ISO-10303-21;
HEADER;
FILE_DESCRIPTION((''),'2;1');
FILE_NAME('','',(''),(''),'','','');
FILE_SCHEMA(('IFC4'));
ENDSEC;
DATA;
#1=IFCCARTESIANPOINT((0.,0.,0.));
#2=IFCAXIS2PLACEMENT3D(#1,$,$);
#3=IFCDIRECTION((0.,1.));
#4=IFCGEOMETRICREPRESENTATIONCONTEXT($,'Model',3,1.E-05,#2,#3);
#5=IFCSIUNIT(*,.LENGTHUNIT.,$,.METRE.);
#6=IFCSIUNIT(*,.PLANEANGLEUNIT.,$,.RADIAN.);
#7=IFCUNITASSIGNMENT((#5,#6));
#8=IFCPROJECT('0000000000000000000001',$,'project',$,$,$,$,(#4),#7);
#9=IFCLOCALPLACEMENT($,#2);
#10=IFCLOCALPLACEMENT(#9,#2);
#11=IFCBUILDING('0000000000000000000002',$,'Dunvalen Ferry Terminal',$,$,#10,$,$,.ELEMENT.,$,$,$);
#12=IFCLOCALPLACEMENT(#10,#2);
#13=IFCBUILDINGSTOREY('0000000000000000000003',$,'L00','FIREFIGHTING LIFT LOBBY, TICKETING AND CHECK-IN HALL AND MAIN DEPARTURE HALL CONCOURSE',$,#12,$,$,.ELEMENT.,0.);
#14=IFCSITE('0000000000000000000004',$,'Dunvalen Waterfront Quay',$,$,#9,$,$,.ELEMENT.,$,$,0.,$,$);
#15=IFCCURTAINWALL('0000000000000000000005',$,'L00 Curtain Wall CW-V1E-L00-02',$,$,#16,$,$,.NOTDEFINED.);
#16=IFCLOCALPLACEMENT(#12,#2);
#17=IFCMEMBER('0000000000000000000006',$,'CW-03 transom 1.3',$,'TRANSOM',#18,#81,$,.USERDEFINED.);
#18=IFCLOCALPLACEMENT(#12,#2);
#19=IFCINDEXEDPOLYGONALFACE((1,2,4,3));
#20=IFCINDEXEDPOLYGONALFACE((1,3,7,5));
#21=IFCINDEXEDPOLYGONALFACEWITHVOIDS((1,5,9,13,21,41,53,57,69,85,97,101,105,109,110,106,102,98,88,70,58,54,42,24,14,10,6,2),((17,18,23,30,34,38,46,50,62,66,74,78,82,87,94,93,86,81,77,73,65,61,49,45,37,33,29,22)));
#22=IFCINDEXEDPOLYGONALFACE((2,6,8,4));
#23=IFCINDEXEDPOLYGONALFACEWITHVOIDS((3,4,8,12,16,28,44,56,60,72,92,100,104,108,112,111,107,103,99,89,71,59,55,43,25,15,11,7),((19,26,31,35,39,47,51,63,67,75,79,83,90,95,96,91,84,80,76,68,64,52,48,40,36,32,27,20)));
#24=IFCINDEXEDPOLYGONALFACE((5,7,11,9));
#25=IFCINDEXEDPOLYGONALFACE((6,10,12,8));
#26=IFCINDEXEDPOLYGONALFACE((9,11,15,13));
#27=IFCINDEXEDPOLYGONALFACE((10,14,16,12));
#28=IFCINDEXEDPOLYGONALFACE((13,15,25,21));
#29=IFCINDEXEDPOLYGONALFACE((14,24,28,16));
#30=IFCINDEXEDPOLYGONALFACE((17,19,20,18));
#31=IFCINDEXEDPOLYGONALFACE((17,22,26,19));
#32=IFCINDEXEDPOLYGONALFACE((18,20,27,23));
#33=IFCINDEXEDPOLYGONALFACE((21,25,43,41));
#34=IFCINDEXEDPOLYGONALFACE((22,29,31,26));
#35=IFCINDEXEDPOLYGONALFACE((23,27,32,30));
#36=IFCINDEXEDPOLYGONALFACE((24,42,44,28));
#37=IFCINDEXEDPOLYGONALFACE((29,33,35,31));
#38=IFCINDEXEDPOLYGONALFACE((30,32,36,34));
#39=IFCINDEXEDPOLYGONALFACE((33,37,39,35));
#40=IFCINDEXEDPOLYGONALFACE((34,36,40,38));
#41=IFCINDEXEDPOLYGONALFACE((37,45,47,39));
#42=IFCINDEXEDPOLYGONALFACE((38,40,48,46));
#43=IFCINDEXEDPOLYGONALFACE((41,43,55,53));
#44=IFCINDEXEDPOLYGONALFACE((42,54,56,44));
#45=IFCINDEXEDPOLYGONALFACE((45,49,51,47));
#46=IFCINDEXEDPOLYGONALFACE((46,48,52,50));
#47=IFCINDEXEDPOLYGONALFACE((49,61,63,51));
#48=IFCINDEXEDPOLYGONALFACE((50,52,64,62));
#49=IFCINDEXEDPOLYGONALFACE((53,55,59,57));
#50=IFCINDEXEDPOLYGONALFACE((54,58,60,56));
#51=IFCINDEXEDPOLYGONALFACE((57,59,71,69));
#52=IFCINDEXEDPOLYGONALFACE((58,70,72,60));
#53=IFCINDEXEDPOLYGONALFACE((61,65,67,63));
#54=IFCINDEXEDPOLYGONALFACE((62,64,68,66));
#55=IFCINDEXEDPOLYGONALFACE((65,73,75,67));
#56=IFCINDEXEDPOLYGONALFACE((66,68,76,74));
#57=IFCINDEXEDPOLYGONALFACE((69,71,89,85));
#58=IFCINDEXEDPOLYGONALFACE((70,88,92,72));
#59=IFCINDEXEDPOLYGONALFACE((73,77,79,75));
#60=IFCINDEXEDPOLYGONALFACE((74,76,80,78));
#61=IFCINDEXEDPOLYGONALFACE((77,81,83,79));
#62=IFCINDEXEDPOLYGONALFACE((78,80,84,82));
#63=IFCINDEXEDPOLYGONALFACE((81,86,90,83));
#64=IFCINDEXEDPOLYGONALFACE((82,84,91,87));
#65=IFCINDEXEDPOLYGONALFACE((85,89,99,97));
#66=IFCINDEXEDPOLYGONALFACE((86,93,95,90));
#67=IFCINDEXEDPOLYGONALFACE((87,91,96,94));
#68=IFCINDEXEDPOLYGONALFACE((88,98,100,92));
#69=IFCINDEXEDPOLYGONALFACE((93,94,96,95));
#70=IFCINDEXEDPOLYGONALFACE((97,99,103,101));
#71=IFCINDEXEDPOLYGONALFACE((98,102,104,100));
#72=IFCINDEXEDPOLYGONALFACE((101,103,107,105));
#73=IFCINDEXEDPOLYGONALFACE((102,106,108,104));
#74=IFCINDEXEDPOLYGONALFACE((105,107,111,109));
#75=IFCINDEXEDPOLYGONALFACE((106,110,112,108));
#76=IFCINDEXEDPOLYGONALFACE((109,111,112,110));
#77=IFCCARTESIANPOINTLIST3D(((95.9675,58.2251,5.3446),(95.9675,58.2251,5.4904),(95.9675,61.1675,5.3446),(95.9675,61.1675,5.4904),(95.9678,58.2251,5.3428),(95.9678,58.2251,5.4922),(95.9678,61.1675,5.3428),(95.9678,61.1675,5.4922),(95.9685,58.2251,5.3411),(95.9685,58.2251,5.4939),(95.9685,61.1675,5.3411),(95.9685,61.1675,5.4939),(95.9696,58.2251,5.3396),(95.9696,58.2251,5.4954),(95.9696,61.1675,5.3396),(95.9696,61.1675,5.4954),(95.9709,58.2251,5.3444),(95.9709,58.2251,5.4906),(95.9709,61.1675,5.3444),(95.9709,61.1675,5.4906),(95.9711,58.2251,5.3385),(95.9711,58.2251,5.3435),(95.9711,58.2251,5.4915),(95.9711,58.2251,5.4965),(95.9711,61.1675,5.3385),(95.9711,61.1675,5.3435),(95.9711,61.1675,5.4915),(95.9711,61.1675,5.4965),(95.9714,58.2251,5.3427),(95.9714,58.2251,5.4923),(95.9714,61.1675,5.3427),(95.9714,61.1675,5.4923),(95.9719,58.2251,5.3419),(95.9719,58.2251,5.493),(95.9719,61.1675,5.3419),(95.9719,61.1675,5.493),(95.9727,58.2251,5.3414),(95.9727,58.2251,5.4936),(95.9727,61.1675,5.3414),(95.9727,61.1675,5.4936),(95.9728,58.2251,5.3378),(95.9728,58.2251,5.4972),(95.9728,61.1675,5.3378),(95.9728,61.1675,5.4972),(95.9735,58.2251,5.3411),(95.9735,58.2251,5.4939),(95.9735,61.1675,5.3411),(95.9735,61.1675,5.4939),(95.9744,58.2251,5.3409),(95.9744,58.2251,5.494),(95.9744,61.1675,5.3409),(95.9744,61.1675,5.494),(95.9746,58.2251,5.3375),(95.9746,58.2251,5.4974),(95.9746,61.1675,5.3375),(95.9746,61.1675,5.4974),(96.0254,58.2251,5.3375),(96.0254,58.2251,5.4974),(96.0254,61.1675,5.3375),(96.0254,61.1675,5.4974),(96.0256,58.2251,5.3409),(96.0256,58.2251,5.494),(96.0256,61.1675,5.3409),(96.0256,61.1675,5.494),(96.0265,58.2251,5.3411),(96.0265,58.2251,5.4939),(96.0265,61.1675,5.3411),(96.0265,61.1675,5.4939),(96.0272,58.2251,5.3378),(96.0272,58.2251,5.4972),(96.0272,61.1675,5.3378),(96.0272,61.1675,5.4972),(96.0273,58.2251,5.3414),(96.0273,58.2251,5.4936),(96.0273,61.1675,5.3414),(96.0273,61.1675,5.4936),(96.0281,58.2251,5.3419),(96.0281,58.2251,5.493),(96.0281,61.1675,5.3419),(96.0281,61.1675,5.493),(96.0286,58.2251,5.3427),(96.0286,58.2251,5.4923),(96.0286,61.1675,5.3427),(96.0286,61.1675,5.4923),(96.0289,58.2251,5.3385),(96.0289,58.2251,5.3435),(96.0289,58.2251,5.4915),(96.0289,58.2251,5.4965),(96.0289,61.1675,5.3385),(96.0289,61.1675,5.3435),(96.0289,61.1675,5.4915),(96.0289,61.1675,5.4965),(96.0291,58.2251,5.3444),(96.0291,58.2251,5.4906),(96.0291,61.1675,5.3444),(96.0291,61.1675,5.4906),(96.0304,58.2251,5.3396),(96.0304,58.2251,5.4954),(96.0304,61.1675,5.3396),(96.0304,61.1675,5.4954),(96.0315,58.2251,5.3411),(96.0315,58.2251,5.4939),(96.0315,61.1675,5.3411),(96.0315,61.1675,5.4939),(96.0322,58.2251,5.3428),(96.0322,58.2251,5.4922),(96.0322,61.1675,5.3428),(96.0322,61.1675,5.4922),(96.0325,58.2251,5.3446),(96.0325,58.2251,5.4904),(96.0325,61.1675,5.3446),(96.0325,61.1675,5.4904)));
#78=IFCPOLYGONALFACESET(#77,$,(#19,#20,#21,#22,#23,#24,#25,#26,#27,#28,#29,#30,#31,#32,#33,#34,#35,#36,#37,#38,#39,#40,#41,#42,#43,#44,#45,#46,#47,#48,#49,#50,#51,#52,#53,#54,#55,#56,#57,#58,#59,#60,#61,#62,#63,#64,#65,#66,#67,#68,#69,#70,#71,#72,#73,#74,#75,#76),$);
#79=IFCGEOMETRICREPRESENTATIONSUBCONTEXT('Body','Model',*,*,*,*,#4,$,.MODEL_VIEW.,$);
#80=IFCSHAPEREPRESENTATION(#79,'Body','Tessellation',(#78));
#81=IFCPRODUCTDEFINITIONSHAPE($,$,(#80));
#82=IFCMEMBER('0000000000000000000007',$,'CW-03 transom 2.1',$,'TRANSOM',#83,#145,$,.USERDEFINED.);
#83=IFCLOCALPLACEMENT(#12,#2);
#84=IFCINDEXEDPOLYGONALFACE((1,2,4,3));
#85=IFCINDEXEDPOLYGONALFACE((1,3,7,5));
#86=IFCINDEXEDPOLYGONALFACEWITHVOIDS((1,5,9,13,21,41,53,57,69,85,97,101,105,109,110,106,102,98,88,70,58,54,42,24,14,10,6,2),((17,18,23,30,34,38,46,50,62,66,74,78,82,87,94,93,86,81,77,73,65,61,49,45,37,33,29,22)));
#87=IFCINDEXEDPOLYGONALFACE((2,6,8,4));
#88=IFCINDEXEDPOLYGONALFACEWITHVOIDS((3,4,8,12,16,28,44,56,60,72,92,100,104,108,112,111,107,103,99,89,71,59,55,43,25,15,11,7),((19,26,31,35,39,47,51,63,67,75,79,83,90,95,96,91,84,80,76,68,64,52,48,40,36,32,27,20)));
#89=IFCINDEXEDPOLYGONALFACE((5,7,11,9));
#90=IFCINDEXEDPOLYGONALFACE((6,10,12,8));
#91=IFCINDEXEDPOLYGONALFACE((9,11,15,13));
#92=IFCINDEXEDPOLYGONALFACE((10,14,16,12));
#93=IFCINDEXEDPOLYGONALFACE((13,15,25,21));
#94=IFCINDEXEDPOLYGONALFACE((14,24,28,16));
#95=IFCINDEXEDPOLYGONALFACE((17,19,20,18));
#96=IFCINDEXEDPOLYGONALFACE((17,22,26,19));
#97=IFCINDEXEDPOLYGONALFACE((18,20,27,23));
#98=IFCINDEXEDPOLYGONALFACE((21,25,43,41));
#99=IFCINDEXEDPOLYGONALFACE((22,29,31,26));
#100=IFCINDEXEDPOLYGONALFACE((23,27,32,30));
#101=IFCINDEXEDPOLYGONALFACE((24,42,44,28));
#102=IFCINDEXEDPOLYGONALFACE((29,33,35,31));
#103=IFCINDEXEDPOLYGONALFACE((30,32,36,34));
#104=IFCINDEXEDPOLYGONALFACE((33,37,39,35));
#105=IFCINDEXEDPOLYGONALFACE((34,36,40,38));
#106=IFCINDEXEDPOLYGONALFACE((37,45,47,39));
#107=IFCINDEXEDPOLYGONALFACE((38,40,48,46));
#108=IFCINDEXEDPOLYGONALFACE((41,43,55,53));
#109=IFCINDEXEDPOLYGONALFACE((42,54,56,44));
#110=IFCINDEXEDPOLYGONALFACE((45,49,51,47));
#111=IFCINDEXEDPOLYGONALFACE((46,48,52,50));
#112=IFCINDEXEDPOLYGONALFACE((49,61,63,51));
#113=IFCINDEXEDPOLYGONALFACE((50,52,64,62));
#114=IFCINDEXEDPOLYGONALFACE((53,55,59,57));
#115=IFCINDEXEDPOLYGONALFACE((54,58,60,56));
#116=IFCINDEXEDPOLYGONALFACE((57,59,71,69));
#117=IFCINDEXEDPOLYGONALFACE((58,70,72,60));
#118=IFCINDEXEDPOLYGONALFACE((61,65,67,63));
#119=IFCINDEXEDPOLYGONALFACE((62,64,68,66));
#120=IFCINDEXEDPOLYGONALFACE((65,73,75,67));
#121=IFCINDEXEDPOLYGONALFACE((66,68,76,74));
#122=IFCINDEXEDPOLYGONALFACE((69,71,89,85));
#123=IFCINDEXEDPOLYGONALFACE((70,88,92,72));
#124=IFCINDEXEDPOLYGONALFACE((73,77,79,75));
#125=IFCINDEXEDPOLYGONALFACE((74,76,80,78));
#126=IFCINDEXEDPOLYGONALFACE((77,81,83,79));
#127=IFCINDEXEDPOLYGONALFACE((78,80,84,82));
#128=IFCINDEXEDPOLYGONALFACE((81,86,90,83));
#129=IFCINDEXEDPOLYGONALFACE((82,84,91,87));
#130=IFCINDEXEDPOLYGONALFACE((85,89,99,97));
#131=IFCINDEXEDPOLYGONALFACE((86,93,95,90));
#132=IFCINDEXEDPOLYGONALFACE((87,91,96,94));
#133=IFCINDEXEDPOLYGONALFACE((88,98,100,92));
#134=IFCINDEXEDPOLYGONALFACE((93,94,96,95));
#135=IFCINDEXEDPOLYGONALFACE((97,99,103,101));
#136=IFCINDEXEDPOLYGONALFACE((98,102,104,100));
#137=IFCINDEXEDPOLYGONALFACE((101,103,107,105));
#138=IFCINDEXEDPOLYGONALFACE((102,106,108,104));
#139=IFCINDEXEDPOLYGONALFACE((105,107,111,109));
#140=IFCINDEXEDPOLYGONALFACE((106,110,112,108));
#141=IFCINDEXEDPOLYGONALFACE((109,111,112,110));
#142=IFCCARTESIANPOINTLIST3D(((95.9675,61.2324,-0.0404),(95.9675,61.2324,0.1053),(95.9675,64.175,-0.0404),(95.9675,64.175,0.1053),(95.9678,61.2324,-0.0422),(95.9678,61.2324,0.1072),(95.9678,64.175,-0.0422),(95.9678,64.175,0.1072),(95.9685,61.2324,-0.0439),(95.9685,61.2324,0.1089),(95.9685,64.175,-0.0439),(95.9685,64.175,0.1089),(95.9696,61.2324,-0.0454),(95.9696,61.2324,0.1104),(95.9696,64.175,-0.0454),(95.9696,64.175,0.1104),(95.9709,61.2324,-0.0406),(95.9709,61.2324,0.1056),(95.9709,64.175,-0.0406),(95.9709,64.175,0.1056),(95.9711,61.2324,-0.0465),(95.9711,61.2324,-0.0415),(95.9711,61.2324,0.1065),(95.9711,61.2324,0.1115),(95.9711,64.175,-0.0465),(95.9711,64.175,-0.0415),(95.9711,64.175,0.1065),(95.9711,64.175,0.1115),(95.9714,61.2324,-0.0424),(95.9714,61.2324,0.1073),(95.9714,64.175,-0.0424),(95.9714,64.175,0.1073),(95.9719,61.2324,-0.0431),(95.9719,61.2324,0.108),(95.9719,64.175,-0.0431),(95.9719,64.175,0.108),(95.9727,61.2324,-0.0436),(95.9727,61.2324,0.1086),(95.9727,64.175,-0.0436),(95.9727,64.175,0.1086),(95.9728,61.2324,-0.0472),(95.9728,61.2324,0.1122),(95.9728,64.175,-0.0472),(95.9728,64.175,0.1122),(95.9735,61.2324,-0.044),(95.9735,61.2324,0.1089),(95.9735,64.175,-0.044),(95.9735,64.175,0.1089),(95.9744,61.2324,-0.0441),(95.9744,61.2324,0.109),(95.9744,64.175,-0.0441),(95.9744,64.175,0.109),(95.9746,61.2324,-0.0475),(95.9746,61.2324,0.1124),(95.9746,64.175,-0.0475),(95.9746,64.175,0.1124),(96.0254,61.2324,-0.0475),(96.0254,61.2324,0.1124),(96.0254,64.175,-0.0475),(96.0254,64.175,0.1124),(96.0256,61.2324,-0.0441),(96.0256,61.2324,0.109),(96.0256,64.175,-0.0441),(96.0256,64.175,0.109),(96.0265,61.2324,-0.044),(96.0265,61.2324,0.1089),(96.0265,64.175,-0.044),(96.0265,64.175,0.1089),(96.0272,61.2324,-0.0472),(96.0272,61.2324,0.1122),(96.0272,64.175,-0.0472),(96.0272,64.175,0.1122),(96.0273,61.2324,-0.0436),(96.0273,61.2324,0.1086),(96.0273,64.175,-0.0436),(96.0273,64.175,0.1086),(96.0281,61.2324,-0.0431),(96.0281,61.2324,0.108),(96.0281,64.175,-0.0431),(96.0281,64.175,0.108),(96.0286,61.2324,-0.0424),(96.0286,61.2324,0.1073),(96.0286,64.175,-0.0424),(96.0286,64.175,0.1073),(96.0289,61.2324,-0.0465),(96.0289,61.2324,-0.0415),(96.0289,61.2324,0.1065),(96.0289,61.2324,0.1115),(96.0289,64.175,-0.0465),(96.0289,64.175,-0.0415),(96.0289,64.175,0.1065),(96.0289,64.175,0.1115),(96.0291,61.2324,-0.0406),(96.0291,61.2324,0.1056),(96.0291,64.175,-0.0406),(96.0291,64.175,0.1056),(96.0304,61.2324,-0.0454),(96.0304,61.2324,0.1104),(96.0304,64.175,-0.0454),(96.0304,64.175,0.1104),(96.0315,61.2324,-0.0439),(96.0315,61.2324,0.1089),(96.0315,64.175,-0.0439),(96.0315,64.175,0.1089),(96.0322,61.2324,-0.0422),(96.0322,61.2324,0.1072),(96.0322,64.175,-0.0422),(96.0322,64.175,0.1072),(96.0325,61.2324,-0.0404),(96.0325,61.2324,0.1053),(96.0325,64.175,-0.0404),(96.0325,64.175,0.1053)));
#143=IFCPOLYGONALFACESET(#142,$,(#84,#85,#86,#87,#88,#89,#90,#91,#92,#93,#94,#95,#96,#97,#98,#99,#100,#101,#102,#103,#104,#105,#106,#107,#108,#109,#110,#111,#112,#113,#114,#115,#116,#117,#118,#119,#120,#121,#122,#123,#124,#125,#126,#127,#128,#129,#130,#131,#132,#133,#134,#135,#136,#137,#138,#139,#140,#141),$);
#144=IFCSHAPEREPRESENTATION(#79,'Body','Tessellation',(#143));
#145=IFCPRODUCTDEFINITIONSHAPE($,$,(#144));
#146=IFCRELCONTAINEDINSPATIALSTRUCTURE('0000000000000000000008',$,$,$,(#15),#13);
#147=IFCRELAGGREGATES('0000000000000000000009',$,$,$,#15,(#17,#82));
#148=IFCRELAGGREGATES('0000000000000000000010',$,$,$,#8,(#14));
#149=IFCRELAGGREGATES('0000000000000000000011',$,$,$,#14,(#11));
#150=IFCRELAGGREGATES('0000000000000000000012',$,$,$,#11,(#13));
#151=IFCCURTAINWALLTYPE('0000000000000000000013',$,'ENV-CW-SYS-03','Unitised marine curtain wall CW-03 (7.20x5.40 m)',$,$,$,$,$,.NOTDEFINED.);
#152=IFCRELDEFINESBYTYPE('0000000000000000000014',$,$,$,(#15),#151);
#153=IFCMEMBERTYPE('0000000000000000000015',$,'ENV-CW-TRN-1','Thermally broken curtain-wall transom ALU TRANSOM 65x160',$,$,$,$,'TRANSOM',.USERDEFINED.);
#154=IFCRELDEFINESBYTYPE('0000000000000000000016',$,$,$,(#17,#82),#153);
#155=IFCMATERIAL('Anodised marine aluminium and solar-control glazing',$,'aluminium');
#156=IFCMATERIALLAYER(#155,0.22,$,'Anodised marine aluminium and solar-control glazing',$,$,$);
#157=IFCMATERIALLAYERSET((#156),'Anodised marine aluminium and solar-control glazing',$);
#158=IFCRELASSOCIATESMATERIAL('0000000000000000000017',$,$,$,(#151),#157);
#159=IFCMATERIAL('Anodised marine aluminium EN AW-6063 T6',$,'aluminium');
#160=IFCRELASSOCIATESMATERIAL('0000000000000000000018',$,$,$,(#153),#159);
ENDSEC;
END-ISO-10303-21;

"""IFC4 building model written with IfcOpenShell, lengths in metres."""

from ifc_helpers import new_model, si_unit, direction, frame, origin, origin_2d, place, context, subcontext, project, spatial, hollow_rectangle, extrude, material, layer, layer_set, material_profile, profile_set, type_object, element, aggregate, save


model = new_model("IFC4")

# Units and contexts
model_context = context("Model", 3, precision=1e-05, world=origin(), true_north=direction((0.0, 1.0)))
body_context = subcontext(model_context, "Body", "Model", "MODEL_VIEW")
ifc_project = project(units=[si_unit("LENGTHUNIT", "METRE"), si_unit("PLANEANGLEUNIT", "RADIAN")], contexts=[model_context])

# Site, building, storey
site_placement = place(None, origin())
site = spatial("IfcSite", under=ifc_project, at=site_placement, Name="Dunvalen Waterfront Quay", CompositionType="ELEMENT", RefElevation=0.0)
building_placement = place(site_placement, origin())
building = spatial("IfcBuilding", under=site, at=building_placement, Name="Dunvalen Ferry Terminal", CompositionType="ELEMENT")
storey_placement = place(building_placement, origin())
storey = spatial("IfcBuildingStorey", under=building, at=storey_placement, Name="L00", Description="FIREFIGHTING LIFT LOBBY, TICKETING AND CHECK-IN HALL AND MAIN DEPARTURE HALL CONCOURSE", CompositionType="ELEMENT", Elevation=0.0)

# Shared definitions
ifc_material_1 = material(Name="Anodised marine aluminium and solar-control glazing", Category="aluminium")
ifc_layer_1 = layer(ifc_material_1, 0.22, Name="Anodised marine aluminium and solar-control glazing")
ifc_layer_set_1 = layer_set([ifc_layer_1], Name="Anodised marine aluminium and solar-control glazing")
curtain_wall_type = type_object("IfcCurtainWallType", Name="ENV-CW-SYS-03", Description="Unitised marine curtain wall CW-03 (7.20x5.40 m)", PredefinedType="NOTDEFINED", material=ifc_layer_set_1)
ifc_material_2 = material(Name="Anodised marine aluminium EN AW-6063 T6", Category="aluminium")

# Curtain wall, members
curtain_wall_1_placement = place(storey_placement, origin())
curtain_wall_1 = element("IfcCurtainWall", 1, at=curtain_wall_1_placement, inside=storey, type_object=curtain_wall_type, Name="L00 Curtain Wall CW-V1E-L00-02", PredefinedType="NOTDEFINED")
ifc_material_profile_1 = material_profile(ifc_material_2, hollow_rectangle(XDim=0.0649, YDim=0.1599, WallThickness=0.0034, InnerFilletRadius=0.0034, OuterFilletRadius=0.0071, at=origin_2d()), Name="Anodised marine aluminium EN AW-6063 T6")
ifc_profile_set_1 = profile_set([ifc_material_profile_1], Name="Anodised marine aluminium EN AW-6063 T6")
member_type_1 = type_object("IfcMemberType", Name="ENV-CW-TRN-1", Description="Thermally broken curtain-wall transom ALU TRANSOM 65x160", ElementType="TRANSOM", PredefinedType="USERDEFINED", material=ifc_profile_set_1)
member_1_placement = place(storey_placement, frame((96.0, 58.2251, 5.4175), z_axis=(0.0, 1.0, 0.0), x_axis=(-1.0, 0.0, 0.0)))
member_1 = element("IfcMember", 2, at=member_1_placement, type_object=member_type_1, Name="CW-03 transom 1.3", ObjectType="TRANSOM", PredefinedType="USERDEFINED", context=body_context, shape_type="SweptSolid", body=[
    extrude(hollow_rectangle(XDim=0.0649, YDim=0.1599, WallThickness=0.0034, InnerFilletRadius=0.0034, OuterFilletRadius=0.0071, at=origin_2d()), origin(), (0.0, 0.0, 1.0), 2.9424),
])
member_2_placement = place(storey_placement, frame((96.0, 61.2324, 0.0325), z_axis=(0.0, 1.0, 0.0), x_axis=(-1.0, 0.0, 0.0)))
member_2 = element("IfcMember", 3, at=member_2_placement, type_object=member_type_1, Name="CW-03 transom 2.1", ObjectType="TRANSOM", PredefinedType="USERDEFINED", context=body_context, shape_type="SweptSolid", body=[
    extrude(hollow_rectangle(XDim=0.0649, YDim=0.1599, WallThickness=0.0034, InnerFilletRadius=0.0034, OuterFilletRadius=0.0071, at=origin_2d()), origin(), (0.0, 0.0, 1.0), 2.9426),
])
aggregate(curtain_wall_1, [member_1, member_2])

save(model, "model.ifc")
